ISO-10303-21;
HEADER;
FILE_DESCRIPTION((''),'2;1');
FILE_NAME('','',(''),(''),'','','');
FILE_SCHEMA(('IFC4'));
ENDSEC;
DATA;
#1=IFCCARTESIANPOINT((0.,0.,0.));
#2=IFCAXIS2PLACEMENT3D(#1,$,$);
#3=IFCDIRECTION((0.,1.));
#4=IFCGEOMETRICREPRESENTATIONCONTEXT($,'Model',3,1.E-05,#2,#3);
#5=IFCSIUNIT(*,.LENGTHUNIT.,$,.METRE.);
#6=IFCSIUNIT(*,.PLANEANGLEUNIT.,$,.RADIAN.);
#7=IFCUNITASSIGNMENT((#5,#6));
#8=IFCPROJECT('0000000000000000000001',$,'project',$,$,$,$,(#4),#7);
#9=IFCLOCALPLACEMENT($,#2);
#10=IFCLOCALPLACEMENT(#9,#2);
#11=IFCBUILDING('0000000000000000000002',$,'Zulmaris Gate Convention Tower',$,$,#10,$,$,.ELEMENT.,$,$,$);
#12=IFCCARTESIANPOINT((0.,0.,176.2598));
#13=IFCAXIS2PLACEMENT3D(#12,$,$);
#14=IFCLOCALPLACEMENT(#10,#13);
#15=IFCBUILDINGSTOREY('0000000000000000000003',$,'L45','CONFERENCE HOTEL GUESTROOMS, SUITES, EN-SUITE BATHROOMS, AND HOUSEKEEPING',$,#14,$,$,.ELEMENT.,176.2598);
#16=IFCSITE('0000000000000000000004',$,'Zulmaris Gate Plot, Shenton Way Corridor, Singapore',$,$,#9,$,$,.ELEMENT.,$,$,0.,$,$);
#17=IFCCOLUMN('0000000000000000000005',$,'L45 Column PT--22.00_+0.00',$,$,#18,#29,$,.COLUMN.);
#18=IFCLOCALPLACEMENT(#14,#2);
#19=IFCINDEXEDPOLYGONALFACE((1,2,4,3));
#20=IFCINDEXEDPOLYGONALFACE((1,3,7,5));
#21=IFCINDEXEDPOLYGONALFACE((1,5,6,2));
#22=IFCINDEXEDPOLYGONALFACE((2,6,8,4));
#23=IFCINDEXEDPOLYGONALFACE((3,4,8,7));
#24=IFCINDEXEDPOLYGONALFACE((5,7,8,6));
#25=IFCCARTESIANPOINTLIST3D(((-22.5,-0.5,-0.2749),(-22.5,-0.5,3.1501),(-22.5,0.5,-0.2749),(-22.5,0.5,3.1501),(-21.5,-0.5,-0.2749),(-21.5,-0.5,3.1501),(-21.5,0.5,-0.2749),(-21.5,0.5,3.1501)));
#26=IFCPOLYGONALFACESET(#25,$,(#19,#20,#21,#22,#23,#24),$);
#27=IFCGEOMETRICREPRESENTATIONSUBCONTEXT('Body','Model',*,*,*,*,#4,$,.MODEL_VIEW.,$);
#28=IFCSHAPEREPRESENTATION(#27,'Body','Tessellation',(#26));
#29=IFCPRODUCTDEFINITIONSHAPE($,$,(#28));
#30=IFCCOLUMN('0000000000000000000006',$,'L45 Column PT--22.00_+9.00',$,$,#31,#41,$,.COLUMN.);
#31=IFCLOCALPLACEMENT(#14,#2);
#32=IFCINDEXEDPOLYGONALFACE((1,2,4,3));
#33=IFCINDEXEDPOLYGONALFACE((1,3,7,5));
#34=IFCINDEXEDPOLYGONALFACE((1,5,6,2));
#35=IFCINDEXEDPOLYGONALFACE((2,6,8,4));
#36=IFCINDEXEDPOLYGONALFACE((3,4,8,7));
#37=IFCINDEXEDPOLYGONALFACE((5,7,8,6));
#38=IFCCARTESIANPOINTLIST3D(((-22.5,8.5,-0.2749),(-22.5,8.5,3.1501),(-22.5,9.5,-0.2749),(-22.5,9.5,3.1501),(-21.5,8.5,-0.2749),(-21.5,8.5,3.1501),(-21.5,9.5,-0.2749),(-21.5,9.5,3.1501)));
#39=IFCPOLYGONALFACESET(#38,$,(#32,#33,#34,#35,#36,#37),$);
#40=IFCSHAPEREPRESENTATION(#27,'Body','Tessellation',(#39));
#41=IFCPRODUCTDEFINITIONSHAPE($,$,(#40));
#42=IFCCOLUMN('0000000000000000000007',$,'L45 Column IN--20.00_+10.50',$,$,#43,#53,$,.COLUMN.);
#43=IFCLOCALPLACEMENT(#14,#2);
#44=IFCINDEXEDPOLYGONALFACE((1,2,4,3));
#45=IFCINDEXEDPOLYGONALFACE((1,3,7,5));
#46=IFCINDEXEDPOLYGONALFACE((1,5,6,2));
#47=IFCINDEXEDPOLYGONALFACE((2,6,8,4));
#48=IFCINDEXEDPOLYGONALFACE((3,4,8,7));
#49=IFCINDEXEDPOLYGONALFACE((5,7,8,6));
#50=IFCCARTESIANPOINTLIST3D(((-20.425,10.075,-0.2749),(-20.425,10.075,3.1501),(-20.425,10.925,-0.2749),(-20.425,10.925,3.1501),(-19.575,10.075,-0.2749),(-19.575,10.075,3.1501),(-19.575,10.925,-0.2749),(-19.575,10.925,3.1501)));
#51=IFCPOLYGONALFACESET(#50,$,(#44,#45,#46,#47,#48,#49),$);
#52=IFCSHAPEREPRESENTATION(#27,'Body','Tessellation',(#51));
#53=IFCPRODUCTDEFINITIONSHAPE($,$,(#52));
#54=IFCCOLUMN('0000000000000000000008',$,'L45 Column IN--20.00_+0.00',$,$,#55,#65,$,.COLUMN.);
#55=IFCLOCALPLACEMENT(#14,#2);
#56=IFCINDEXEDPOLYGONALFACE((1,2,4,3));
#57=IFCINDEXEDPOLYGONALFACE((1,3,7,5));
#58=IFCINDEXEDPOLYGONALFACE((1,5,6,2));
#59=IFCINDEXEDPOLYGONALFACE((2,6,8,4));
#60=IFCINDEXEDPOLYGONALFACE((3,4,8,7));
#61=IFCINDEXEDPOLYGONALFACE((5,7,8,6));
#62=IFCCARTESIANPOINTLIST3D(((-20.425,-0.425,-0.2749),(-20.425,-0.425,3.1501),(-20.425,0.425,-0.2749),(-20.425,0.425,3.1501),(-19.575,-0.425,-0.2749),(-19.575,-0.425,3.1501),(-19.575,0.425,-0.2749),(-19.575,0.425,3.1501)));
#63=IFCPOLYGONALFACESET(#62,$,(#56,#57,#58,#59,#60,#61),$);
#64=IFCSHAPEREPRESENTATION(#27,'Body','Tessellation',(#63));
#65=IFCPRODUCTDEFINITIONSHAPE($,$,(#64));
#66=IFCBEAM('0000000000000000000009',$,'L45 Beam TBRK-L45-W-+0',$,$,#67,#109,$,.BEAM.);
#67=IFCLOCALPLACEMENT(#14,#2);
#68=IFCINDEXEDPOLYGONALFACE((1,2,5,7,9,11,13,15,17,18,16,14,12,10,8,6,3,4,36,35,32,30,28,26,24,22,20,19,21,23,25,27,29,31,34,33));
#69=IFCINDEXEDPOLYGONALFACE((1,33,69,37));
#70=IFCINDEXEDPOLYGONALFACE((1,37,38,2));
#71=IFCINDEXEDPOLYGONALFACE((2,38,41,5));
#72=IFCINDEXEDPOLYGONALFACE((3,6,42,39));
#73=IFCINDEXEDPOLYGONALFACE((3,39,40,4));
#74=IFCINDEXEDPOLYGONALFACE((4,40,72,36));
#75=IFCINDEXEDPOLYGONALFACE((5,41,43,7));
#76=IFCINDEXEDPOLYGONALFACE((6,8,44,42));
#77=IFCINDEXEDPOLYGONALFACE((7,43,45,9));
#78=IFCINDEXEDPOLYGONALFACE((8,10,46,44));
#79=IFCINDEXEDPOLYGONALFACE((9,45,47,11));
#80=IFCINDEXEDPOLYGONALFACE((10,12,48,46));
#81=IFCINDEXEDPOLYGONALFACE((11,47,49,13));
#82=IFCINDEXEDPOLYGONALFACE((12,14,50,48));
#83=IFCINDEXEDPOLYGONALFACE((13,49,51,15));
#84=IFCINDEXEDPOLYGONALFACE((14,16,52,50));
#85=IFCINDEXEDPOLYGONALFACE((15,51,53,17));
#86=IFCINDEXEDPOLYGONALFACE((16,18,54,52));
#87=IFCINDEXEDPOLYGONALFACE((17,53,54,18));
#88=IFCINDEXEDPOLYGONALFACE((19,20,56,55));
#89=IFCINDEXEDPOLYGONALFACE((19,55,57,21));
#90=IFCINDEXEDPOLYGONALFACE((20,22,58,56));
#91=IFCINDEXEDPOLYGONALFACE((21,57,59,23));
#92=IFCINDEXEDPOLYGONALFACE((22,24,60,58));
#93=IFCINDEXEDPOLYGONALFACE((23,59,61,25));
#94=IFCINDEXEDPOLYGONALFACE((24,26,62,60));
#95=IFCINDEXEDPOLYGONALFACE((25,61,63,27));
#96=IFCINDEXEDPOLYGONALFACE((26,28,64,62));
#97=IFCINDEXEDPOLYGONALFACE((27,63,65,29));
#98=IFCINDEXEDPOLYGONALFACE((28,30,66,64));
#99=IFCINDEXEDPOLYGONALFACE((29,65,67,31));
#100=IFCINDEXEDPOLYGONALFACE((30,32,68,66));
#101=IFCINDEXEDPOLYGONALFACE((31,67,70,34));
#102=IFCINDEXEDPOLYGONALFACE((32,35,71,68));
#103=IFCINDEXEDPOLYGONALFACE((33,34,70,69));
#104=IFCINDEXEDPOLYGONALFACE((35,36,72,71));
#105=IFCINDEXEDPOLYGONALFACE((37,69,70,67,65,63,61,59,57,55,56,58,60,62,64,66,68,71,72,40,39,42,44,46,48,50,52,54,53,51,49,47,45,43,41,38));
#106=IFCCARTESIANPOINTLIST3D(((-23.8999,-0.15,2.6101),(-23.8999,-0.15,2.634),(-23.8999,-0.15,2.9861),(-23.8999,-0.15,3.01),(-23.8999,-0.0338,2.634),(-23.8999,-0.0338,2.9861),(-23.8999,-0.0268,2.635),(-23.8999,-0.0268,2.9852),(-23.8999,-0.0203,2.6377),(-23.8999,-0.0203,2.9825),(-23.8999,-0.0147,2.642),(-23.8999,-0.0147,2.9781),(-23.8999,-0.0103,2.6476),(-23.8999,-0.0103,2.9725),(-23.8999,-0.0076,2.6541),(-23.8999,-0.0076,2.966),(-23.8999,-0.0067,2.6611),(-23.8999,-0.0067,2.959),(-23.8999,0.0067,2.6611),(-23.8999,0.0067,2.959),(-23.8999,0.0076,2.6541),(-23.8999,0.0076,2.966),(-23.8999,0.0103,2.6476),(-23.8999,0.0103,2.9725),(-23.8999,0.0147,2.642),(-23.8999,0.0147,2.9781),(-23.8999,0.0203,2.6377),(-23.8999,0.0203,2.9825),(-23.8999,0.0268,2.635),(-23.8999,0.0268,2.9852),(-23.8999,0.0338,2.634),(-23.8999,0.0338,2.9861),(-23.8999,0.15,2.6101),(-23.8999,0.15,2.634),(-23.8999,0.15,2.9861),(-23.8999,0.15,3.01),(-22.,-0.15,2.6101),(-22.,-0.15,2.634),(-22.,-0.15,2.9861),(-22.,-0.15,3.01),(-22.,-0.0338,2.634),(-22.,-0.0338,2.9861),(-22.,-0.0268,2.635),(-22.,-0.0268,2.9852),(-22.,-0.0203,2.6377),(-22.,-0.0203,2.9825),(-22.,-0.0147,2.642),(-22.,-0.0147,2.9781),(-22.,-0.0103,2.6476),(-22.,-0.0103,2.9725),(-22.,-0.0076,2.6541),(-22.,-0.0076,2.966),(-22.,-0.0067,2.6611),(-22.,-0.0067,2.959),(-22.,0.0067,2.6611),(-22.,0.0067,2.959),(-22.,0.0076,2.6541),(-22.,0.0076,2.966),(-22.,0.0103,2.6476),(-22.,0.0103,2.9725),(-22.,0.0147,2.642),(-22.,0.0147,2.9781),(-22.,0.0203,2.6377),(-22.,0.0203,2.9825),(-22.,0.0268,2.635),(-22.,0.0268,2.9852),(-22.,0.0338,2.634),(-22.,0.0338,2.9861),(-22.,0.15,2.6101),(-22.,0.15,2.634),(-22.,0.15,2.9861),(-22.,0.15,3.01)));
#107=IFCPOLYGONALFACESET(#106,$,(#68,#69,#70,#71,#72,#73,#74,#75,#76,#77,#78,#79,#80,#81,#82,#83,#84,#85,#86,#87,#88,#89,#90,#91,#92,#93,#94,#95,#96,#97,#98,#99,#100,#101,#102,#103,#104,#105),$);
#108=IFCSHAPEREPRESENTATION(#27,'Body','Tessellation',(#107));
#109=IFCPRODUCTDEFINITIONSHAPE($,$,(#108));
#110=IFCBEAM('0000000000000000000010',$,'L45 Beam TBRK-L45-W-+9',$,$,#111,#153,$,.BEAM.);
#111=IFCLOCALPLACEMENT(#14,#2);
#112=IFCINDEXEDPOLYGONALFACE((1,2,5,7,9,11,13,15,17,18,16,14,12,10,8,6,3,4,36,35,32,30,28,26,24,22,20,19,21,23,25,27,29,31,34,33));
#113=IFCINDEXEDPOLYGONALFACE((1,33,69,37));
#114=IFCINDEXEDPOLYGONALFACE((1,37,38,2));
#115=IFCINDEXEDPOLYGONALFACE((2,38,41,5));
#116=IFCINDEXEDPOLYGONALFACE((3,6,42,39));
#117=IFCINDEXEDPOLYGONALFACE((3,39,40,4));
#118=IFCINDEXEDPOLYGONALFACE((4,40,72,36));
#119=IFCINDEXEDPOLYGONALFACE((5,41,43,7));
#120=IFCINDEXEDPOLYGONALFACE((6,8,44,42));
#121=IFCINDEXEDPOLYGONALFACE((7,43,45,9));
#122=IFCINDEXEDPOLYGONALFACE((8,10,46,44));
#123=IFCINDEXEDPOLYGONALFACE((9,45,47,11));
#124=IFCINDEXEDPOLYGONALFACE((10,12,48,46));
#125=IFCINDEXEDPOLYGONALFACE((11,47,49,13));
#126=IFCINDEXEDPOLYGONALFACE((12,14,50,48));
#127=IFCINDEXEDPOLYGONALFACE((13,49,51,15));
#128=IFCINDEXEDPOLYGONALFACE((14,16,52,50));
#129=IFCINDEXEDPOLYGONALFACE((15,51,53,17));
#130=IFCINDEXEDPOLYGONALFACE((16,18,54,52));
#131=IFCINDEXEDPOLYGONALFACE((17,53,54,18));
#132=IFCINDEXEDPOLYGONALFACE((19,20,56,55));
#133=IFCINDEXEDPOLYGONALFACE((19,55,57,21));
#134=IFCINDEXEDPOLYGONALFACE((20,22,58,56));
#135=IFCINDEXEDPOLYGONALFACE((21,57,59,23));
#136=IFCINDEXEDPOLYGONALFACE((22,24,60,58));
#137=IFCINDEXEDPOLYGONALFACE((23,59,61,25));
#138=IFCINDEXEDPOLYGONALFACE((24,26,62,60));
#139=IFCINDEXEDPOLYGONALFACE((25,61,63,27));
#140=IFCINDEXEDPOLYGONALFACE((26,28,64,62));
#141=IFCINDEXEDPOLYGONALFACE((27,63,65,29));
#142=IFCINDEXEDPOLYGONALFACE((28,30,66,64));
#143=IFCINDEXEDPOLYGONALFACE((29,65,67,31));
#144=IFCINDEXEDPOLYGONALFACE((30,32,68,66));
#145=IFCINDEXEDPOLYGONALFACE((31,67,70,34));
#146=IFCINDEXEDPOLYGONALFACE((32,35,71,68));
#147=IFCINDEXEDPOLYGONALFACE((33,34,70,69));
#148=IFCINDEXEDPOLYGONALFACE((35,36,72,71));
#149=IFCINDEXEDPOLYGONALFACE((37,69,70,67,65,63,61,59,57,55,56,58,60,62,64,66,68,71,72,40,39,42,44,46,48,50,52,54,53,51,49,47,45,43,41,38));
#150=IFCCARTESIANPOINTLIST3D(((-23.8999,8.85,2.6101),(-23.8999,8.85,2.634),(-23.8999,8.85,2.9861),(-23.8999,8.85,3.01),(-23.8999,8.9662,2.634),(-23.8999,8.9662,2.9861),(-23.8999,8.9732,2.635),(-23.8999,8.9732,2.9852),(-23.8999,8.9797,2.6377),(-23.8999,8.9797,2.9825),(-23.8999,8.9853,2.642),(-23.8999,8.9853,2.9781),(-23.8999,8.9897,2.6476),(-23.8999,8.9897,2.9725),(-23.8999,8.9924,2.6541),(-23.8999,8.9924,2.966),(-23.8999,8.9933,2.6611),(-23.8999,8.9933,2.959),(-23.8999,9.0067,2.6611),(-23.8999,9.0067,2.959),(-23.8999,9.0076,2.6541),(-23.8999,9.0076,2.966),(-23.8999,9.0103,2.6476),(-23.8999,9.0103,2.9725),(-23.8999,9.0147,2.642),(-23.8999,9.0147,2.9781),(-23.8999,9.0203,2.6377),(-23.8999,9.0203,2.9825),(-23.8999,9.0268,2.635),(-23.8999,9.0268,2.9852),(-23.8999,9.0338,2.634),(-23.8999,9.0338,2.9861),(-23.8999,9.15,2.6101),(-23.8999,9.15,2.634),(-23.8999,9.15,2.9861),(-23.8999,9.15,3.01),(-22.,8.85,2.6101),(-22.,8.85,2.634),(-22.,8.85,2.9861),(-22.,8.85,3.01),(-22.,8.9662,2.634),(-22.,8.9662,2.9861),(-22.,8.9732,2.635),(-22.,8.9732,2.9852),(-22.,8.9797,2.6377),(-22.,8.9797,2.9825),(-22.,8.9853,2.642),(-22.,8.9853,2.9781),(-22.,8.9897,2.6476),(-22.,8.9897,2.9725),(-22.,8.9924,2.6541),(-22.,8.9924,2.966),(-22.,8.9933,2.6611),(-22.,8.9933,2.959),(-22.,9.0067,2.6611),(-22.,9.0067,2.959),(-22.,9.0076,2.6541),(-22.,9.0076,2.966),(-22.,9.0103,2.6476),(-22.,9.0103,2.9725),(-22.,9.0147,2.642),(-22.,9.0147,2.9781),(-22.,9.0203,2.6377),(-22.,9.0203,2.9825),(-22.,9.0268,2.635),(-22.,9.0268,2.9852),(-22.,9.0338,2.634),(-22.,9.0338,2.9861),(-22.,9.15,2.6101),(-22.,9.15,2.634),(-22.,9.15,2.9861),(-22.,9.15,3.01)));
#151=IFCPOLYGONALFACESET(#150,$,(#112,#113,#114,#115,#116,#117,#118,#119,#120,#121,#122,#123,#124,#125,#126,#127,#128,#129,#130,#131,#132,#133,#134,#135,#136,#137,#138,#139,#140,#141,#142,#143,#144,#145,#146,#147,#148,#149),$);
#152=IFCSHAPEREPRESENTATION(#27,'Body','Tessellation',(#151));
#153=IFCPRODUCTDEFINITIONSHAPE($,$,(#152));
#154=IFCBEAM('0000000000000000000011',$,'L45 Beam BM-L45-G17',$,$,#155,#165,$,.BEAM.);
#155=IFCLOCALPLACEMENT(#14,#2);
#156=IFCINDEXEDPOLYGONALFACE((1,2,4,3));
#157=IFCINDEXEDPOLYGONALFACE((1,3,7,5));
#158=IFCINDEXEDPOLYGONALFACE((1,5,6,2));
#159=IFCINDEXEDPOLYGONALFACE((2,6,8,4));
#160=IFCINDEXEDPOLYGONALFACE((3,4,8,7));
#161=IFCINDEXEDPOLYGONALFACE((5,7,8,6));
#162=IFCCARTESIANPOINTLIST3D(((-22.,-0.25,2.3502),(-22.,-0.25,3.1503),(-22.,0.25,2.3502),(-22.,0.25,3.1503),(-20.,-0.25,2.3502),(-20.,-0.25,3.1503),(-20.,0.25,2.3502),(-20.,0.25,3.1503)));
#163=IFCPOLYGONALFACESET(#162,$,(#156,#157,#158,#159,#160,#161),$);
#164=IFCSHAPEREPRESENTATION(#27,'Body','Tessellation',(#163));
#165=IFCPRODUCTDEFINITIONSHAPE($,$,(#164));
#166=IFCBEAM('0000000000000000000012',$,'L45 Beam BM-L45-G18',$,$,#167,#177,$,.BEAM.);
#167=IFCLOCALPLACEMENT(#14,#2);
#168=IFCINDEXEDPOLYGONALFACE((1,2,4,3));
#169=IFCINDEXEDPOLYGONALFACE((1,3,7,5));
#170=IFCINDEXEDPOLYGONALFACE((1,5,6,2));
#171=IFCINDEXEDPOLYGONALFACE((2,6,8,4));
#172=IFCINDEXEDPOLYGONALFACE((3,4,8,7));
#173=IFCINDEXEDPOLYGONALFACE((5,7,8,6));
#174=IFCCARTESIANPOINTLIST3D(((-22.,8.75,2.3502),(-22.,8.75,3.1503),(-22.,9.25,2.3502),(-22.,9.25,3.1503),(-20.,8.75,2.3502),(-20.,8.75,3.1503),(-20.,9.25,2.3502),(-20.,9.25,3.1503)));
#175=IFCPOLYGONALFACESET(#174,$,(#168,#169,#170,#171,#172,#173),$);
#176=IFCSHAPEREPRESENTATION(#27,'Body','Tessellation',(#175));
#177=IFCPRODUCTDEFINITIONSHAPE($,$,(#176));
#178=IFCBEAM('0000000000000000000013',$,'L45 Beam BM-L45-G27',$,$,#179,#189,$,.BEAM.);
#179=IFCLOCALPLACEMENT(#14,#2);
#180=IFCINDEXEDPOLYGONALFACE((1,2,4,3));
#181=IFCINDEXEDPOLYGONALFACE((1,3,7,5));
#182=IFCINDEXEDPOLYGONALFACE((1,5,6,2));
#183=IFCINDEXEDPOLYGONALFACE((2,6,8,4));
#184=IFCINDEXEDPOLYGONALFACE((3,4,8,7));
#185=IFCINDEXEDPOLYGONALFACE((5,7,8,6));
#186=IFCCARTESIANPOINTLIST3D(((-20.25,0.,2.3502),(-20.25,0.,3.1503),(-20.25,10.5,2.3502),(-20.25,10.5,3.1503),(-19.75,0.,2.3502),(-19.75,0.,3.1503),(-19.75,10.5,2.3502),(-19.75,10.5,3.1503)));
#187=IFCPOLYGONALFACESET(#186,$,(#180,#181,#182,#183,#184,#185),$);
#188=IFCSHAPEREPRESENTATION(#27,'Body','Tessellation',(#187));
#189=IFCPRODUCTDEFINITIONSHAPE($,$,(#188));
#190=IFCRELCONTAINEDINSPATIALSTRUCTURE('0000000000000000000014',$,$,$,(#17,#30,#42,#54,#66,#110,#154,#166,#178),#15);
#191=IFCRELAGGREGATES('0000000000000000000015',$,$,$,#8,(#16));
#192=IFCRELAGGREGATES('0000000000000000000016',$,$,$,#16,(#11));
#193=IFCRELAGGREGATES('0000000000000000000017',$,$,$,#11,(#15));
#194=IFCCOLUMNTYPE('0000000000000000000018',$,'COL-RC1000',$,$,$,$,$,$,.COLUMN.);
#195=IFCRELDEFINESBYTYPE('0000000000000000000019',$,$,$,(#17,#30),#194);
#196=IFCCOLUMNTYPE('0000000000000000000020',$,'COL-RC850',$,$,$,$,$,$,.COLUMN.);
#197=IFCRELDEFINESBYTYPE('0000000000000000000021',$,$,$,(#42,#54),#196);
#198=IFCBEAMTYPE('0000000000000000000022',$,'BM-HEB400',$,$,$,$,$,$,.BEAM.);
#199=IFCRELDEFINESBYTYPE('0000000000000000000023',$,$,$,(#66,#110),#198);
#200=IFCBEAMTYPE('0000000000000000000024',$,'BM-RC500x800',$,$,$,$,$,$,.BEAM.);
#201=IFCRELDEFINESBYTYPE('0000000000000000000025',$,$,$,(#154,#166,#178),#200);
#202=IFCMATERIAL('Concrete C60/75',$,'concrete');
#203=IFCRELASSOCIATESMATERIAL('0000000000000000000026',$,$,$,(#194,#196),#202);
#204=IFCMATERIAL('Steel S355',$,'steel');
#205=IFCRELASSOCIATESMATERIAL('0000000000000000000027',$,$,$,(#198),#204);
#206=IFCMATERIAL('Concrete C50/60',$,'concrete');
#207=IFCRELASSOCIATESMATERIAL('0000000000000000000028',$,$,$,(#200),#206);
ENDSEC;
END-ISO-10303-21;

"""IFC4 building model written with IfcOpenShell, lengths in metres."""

from ifc_helpers import new_model, si_unit, direction, frame, origin, origin_2d, place, context, subcontext, project, spatial, rectangle, i_section, extrude, material, material_profile, profile_set, type_object, element, save


model = new_model("IFC4")

# Units and contexts
model_context = context("Model", 3, precision=1e-05, world=origin(), true_north=direction((0.0, 1.0)))
body_context = subcontext(model_context, "Body", "Model", "MODEL_VIEW")
ifc_project = project(units=[si_unit("LENGTHUNIT", "METRE"), si_unit("PLANEANGLEUNIT", "RADIAN")], contexts=[model_context])

# Site, building, storey
site_placement = place(None, origin())
site = spatial("IfcSite", under=ifc_project, at=site_placement, Name="Zulmaris Gate Plot, Shenton Way Corridor, Singapore", CompositionType="ELEMENT", RefElevation=0.0)
building_placement = place(site_placement, origin())
building = spatial("IfcBuilding", under=site, at=building_placement, Name="Zulmaris Gate Convention Tower", CompositionType="ELEMENT")
storey_placement = place(building_placement, frame((0.0, 0.0, 176.2598)))
storey = spatial("IfcBuildingStorey", under=building, at=storey_placement, Name="L45", Description="CONFERENCE HOTEL GUESTROOMS, SUITES, EN-SUITE BATHROOMS, AND HOUSEKEEPING", CompositionType="ELEMENT", Elevation=176.2598)

# Columns
ifc_material_1 = material(Name="Concrete C60/75", Category="concrete")
ifc_material_profile_1 = material_profile(ifc_material_1, rectangle(XDim=1.0, YDim=1.0, at=origin_2d()), Name="RC COL 1000x1000")
ifc_profile_set_1 = profile_set([ifc_material_profile_1], Name="Concrete C60/75")
column_type_1 = type_object("IfcColumnType", Name="COL-RC1000", PredefinedType="COLUMN", material=ifc_profile_set_1)
for number, where, z_axis, x_axis, name in (
    (1, (-22.0, 0.0, -0.2749), (0.0, 0.0, 1.0), (1.0, 0.0, 0.0), "L45 Column PT--22.00_+0.00"),
    (2, (-22.0, 9.0, -0.2749), (0.0, 0.0, 1.0), (1.0, 0.0, 0.0), "L45 Column PT--22.00_+9.00"),
):
    element("IfcColumn", number, at=place(storey_placement, frame(where, z_axis=z_axis, x_axis=x_axis)), inside=storey, type_object=column_type_1, Name=name, PredefinedType="COLUMN", context=body_context, shape_type="SweptSolid", body=[
        extrude(rectangle(XDim=1.0, YDim=1.0, at=origin_2d()), origin(), (0.0, 0.0, 1.0), 3.425),
    ])
ifc_material_profile_2 = material_profile(ifc_material_1, rectangle(XDim=0.8501, YDim=0.8501, at=origin_2d()), Name="RC COL 850x850")
ifc_profile_set_2 = profile_set([ifc_material_profile_2], Name="Concrete C60/75")
column_type_2 = type_object("IfcColumnType", Name="COL-RC850", PredefinedType="COLUMN", material=ifc_profile_set_2)
for number, where, z_axis, x_axis, name in (
    (3, (-20.0, 10.5, -0.2749), (0.0, 0.0, 1.0), (1.0, 0.0, 0.0), "L45 Column IN--20.00_+10.50"),
    (4, (-20.0, 0.0, -0.2749), (0.0, 0.0, 1.0), (1.0, 0.0, 0.0), "L45 Column IN--20.00_+0.00"),
):
    element("IfcColumn", number, at=place(storey_placement, frame(where, z_axis=z_axis, x_axis=x_axis)), inside=storey, type_object=column_type_2, Name=name, PredefinedType="COLUMN", context=body_context, shape_type="SweptSolid", body=[
        extrude(rectangle(XDim=0.8501, YDim=0.8501, at=origin_2d()), origin(), (0.0, 0.0, 1.0), 3.425),
    ])

# Beams
ifc_material_2 = material(Name="Steel S355", Category="steel")
ifc_material_profile_3 = material_profile(ifc_material_2, i_section(OverallWidth=0.3, OverallDepth=0.3999, WebThickness=0.0134, FlangeThickness=0.0239, FilletRadius=0.0271, at=origin_2d()), Name="HEB 400")
ifc_profile_set_3 = profile_set([ifc_material_profile_3], Name="Steel S355")
beam_type_1 = type_object("IfcBeamType", Name="BM-HEB400", PredefinedType="BEAM", material=ifc_profile_set_3)
for number, where, z_axis, x_axis, name in (
    (5, (-23.8999, 0.0, 2.8101), (1.0, 0.0, 0.0), (0.0, 1.0, 0.0), "L45 Beam TBRK-L45-W-+0"),
    (6, (-23.8999, 9.0, 2.8101), (1.0, 0.0, 0.0), (0.0, 1.0, 0.0), "L45 Beam TBRK-L45-W-+9"),
):
    element("IfcBeam", number, at=place(storey_placement, frame(where, z_axis=z_axis, x_axis=x_axis)), inside=storey, type_object=beam_type_1, Name=name, PredefinedType="BEAM", context=body_context, shape_type="SweptSolid", body=[
        extrude(i_section(OverallWidth=0.3, OverallDepth=0.3999, WebThickness=0.0134, FlangeThickness=0.0239, FilletRadius=0.0271, at=origin_2d()), origin(), (0.0, 0.0, 1.0), 1.8999),
    ])
ifc_material_3 = material(Name="Concrete C50/60", Category="concrete")
ifc_material_profile_4 = material_profile(ifc_material_3, rectangle(XDim=0.5, YDim=0.8, at=origin_2d()), Name="RC BEAM 500x800")
ifc_profile_set_4 = profile_set([ifc_material_profile_4], Name="Concrete C50/60")
beam_type_2 = type_object("IfcBeamType", Name="BM-RC500x800", PredefinedType="BEAM", material=ifc_profile_set_4)
for number, where, z_axis, x_axis, name in (
    (7, (-22.0, 0.0, 2.7502), (1.0, 0.0, 0.0), (0.0, 1.0, 0.0), "L45 Beam BM-L45-G17"),
    (8, (-22.0, 9.0, 2.7502), (1.0, 0.0, 0.0), (0.0, 1.0, 0.0), "L45 Beam BM-L45-G18"),
):
    element("IfcBeam", number, at=place(storey_placement, frame(where, z_axis=z_axis, x_axis=x_axis)), inside=storey, type_object=beam_type_2, Name=name, PredefinedType="BEAM", context=body_context, shape_type="SweptSolid", body=[
        extrude(rectangle(XDim=0.5, YDim=0.8, at=origin_2d()), origin(), (0.0, 0.0, 1.0), 2.0),
    ])
beam_placement = place(storey_placement, frame((-20.0, 0.0, 2.7502), z_axis=(0.0, 1.0, 0.0), x_axis=(-1.0, 0.0, 0.0)))
element("IfcBeam", 9, at=beam_placement, inside=storey, type_object=beam_type_2, Name="L45 Beam BM-L45-G27", PredefinedType="BEAM", context=body_context, shape_type="SweptSolid", body=[
    extrude(rectangle(XDim=0.5, YDim=0.8, at=origin_2d()), origin(), (0.0, 0.0, 1.0), 10.5),
])

save(model, "model.ifc")
